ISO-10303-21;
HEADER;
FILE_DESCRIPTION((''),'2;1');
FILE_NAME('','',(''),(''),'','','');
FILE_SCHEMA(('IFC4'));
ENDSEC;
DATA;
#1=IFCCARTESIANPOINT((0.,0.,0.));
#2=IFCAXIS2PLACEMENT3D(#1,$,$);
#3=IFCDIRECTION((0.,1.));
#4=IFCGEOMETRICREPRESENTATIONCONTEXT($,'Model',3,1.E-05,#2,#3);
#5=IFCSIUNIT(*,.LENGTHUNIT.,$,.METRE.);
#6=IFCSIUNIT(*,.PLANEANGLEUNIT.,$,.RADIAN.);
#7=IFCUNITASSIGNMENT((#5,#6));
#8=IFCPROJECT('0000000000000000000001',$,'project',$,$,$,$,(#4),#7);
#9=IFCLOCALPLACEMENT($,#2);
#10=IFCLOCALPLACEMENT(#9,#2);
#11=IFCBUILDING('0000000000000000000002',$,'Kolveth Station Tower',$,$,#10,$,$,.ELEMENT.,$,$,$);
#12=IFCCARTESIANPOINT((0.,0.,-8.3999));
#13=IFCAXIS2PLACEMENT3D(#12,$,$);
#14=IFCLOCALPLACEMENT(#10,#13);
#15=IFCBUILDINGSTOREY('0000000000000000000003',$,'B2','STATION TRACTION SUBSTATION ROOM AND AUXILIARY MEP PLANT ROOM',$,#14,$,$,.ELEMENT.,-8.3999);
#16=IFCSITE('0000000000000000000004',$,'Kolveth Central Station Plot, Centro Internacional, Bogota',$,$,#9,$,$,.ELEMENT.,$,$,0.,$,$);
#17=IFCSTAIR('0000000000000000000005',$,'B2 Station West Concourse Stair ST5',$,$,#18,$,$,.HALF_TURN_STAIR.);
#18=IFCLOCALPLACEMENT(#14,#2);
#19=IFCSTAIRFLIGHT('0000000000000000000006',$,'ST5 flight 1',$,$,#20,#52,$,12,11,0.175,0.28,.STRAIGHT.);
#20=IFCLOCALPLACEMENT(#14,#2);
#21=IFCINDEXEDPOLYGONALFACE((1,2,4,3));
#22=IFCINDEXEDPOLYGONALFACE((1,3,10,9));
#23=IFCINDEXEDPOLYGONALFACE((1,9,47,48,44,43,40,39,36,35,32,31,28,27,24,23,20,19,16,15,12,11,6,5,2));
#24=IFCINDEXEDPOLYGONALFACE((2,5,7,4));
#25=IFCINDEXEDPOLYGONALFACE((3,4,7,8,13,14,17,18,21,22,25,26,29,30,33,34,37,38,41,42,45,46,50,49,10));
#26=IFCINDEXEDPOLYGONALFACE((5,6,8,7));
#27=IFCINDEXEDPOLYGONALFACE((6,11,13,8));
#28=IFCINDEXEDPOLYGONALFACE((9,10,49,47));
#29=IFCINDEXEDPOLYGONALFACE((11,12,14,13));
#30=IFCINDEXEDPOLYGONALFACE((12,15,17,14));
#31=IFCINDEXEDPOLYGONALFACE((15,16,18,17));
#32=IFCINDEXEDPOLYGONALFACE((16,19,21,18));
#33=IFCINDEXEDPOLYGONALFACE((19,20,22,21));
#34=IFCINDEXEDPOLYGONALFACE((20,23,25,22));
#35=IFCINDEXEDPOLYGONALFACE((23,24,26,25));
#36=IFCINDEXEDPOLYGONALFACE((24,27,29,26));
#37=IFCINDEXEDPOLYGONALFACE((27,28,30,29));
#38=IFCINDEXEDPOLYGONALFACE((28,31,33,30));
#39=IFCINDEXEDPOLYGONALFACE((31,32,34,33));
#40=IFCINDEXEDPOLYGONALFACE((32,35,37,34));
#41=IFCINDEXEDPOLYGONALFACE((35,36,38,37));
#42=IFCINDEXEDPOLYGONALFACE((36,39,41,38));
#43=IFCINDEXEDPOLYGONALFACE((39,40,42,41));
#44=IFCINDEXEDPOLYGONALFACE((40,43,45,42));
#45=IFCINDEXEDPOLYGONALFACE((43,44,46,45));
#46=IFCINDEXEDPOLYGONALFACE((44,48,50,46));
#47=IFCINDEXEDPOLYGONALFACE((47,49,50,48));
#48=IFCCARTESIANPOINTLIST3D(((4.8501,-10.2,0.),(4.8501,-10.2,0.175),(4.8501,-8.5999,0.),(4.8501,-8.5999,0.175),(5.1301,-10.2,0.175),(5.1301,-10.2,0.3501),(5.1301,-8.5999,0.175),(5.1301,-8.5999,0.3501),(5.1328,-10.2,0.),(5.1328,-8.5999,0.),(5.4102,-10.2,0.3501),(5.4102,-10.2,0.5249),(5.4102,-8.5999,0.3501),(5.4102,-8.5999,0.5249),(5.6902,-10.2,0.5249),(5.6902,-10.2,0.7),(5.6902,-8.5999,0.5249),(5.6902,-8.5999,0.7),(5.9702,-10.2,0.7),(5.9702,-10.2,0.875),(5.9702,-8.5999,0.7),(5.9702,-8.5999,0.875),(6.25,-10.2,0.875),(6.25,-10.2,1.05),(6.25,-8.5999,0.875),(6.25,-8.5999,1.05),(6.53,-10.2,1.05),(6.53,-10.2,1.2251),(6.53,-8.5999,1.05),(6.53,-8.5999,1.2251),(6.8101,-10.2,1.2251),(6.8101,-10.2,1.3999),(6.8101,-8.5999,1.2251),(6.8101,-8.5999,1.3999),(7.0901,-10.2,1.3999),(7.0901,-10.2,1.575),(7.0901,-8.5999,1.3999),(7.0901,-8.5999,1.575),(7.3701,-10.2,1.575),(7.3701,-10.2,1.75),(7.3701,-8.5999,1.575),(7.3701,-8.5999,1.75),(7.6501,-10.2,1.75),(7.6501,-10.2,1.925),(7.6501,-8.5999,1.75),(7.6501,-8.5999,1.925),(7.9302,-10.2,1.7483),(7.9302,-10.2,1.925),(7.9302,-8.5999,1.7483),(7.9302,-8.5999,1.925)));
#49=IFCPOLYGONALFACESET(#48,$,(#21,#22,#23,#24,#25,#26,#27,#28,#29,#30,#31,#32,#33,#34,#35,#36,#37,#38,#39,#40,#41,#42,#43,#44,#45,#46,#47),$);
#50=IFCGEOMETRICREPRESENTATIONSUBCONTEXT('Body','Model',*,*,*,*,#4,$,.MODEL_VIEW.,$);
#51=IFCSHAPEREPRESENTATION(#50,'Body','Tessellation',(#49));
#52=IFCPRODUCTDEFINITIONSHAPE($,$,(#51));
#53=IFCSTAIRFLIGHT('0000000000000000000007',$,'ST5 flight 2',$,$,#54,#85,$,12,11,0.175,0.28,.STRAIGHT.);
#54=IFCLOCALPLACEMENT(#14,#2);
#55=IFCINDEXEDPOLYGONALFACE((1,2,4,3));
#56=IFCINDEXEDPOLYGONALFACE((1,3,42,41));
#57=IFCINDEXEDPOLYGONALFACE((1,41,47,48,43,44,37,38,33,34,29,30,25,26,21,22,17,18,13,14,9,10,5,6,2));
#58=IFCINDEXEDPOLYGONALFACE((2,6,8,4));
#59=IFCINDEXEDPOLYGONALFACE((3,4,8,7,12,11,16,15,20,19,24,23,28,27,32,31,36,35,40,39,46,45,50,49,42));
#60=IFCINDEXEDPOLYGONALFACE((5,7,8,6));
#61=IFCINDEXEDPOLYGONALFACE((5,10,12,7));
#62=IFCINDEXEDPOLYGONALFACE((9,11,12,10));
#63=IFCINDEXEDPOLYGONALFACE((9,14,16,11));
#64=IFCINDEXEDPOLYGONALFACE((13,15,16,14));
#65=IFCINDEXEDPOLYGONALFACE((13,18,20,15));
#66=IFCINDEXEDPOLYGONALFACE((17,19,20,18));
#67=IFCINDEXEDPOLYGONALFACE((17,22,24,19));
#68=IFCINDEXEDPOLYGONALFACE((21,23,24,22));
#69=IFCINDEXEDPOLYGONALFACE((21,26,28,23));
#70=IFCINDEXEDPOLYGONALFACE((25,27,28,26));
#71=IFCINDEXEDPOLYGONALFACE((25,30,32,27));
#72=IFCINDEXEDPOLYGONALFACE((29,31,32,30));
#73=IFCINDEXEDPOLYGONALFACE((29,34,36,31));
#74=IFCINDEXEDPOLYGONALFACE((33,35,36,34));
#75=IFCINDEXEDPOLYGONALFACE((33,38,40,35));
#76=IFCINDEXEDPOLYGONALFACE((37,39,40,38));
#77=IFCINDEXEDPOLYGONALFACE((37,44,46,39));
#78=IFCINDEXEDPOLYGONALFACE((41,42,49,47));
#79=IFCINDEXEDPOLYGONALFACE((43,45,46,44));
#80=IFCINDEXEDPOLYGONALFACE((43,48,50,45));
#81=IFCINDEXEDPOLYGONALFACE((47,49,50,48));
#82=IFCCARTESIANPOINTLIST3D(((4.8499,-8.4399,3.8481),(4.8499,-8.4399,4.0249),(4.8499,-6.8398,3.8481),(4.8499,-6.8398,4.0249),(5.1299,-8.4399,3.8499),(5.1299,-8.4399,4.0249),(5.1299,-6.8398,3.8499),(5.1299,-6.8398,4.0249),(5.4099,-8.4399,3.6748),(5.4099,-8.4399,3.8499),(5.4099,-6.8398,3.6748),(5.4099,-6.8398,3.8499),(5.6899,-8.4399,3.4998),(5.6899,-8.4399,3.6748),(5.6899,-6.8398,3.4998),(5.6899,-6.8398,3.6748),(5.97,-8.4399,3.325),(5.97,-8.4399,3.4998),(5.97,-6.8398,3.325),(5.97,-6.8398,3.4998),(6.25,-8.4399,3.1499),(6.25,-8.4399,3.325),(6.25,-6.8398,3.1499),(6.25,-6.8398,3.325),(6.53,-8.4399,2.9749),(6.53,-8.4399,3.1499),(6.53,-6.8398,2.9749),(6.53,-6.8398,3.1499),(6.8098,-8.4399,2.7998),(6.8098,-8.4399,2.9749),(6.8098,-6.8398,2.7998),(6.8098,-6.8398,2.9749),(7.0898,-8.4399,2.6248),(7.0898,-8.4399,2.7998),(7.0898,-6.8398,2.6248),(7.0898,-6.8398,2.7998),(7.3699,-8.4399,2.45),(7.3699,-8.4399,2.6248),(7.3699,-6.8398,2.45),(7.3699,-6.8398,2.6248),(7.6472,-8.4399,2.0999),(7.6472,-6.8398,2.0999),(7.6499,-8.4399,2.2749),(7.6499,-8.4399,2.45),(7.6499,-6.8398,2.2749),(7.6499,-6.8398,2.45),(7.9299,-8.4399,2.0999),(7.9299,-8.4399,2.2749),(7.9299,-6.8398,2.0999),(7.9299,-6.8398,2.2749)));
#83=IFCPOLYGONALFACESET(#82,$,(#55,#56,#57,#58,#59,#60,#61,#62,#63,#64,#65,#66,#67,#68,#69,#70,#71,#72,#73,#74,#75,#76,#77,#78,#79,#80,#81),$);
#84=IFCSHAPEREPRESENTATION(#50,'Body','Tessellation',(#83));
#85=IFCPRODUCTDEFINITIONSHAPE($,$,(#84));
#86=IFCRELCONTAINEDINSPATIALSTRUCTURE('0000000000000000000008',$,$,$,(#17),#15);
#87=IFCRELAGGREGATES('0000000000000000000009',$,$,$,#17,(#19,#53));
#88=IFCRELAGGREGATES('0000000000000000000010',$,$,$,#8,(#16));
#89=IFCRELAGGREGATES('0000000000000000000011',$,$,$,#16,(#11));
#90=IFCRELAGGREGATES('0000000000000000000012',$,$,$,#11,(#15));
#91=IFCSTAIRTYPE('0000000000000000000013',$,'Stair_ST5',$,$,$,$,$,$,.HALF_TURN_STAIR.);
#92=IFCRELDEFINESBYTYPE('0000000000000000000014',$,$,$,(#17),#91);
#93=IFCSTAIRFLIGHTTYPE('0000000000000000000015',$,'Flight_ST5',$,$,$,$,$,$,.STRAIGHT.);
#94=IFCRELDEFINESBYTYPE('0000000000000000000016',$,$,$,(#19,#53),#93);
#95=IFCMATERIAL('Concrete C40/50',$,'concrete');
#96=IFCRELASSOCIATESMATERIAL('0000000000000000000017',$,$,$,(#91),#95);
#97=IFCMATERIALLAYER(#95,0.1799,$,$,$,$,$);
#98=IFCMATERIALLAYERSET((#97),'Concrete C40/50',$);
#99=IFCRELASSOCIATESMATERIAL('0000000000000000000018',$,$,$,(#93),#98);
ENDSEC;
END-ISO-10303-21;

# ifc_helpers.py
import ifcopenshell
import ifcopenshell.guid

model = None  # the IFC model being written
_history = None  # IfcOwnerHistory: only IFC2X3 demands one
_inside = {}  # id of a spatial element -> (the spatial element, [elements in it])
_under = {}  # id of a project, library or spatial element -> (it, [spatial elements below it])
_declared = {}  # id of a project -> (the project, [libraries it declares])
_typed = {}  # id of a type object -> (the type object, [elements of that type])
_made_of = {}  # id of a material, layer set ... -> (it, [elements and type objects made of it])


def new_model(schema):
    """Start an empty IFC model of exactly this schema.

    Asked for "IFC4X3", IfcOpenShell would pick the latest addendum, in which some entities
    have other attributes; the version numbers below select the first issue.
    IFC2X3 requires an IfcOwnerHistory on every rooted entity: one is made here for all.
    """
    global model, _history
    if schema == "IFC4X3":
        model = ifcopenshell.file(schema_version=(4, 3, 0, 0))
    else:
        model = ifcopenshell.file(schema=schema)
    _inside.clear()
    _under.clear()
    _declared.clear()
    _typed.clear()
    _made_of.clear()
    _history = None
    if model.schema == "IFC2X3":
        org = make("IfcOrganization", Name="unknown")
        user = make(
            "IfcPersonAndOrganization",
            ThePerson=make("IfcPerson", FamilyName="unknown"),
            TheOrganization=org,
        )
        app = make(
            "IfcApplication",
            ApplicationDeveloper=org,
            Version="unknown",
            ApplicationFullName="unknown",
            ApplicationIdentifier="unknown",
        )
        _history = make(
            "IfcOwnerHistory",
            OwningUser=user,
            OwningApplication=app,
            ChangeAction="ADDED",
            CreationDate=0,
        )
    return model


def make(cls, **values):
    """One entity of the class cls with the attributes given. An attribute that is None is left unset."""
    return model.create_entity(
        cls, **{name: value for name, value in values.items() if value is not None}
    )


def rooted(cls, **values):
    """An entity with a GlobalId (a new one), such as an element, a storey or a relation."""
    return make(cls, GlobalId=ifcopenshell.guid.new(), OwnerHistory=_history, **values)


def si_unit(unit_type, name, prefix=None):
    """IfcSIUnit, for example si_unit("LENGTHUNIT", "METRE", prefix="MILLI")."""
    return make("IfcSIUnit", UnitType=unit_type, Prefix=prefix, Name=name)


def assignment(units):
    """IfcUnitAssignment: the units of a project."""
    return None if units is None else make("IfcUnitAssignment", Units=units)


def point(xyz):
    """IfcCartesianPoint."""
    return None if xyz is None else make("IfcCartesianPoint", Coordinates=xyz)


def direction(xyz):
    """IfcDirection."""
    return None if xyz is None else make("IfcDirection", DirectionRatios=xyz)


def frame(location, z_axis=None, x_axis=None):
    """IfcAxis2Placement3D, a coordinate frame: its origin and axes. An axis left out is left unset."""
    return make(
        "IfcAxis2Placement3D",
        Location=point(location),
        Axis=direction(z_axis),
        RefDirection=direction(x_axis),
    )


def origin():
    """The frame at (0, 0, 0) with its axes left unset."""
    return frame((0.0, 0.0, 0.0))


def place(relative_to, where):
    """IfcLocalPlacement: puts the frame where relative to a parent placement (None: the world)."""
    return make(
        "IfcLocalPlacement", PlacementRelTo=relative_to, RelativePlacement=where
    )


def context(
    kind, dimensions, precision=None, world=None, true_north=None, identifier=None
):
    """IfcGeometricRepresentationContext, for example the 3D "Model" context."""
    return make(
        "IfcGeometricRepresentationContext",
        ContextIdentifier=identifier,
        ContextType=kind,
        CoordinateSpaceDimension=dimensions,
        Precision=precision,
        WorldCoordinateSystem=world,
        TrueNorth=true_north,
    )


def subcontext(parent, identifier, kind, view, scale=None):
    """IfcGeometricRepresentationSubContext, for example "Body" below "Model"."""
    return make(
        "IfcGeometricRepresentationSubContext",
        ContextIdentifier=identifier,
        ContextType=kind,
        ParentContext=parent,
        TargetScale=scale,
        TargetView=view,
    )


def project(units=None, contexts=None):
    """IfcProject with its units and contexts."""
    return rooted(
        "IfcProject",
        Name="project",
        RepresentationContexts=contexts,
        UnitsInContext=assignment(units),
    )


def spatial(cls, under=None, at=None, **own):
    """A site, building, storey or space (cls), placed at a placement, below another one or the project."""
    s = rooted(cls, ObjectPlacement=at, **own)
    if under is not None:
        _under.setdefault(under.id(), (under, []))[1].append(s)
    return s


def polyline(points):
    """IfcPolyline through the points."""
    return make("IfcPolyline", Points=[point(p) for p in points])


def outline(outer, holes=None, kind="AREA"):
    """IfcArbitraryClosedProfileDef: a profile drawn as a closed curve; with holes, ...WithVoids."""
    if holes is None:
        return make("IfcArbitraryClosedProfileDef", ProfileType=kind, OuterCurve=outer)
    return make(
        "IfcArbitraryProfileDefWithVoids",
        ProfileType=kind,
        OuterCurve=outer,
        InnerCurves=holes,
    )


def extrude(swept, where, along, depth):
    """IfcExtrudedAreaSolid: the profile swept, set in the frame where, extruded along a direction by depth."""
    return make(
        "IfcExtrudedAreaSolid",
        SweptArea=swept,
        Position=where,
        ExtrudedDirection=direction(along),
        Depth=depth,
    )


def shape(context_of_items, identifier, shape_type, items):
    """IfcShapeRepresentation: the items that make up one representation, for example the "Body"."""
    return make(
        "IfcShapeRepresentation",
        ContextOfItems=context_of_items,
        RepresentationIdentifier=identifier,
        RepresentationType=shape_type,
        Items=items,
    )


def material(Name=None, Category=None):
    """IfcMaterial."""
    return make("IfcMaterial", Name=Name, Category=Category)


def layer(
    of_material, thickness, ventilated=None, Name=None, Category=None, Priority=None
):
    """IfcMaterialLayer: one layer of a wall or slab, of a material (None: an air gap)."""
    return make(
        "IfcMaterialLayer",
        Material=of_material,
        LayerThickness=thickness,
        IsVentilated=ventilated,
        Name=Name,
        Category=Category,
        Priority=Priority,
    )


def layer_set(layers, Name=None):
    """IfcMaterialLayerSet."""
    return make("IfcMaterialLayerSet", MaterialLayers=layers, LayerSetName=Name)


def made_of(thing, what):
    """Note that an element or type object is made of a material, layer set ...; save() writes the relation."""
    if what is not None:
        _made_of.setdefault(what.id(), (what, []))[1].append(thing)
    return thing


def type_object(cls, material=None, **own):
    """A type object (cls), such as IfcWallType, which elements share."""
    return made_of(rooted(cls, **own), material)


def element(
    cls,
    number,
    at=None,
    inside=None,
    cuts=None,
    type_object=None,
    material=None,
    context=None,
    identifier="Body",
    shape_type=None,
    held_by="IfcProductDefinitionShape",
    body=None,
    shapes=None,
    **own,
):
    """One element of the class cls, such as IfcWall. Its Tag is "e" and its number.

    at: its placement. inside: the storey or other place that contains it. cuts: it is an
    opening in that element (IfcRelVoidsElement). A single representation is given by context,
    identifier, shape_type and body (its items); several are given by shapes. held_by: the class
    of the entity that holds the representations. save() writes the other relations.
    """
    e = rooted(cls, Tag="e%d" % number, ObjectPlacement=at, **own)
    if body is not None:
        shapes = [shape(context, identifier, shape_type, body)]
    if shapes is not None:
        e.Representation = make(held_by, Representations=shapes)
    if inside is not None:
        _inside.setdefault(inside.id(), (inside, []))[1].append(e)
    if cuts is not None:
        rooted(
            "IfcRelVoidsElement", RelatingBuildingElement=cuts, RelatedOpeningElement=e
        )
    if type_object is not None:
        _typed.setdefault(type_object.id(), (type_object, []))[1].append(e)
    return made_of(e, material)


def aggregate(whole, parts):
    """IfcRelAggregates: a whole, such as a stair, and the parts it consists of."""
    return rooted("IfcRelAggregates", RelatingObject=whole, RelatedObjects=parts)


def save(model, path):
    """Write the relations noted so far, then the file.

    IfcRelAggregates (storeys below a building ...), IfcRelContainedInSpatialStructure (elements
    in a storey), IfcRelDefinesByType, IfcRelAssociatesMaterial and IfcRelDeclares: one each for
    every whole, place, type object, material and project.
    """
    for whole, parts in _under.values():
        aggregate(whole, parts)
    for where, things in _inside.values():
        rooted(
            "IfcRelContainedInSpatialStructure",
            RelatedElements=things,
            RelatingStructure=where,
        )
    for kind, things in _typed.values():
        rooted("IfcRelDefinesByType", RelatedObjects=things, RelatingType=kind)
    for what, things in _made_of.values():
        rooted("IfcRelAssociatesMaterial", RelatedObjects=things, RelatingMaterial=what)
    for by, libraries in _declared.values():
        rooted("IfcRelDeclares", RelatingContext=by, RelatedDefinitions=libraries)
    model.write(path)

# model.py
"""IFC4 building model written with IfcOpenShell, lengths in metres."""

from ifc_helpers import new_model, si_unit, direction, frame, origin, place, context, subcontext, project, spatial, polyline, outline, extrude, material, layer, layer_set, type_object, element, aggregate, save


model = new_model("IFC4")

# Units and contexts
model_context = context("Model", 3, precision=1e-05, world=origin(), true_north=direction((0.0, 1.0)))
body_context = subcontext(model_context, "Body", "Model", "MODEL_VIEW")
ifc_project = project(units=[si_unit("LENGTHUNIT", "METRE"), si_unit("PLANEANGLEUNIT", "RADIAN")], contexts=[model_context])

# Site, building, storey
site_placement = place(None, origin())
site = spatial("IfcSite", under=ifc_project, at=site_placement, Name="Kolveth Central Station Plot, Centro Internacional, Bogota", CompositionType="ELEMENT", RefElevation=0.0)
building_placement = place(site_placement, origin())
building = spatial("IfcBuilding", under=site, at=building_placement, Name="Kolveth Station Tower", CompositionType="ELEMENT")
storey_placement = place(building_placement, frame((0.0, 0.0, -8.3999)))
storey = spatial("IfcBuildingStorey", under=building, at=storey_placement, Name="B2", Description="STATION TRACTION SUBSTATION ROOM AND AUXILIARY MEP PLANT ROOM", CompositionType="ELEMENT", Elevation=-8.3999)

# Shared definitions
ifc_material_1 = material(Name="Concrete C40/50", Category="concrete")

# Stair, stair flights
stair_type = type_object("IfcStairType", Name="Stair_ST5", PredefinedType="HALF_TURN_STAIR", material=ifc_material_1)
stair_placement = place(storey_placement, origin())
stair = element("IfcStair", 1, at=stair_placement, inside=storey, type_object=stair_type, Name="B2 Station West Concourse Stair ST5", PredefinedType="HALF_TURN_STAIR")
ifc_layer_1 = layer(ifc_material_1, 0.1799)
ifc_layer_set_1 = layer_set([ifc_layer_1], Name="Concrete C40/50")
stair_flight_type = type_object("IfcStairFlightType", Name="Flight_ST5", PredefinedType="STRAIGHT", material=ifc_layer_set_1)
stair_flight_1_placement = place(storey_placement, frame((4.8501, -9.3999, 0.0), z_axis=(0.0, 0.0, 1.0), x_axis=(1.0, 0.0, 0.0)))
stair_flight_1 = element("IfcStairFlight", 2, at=stair_flight_1_placement, type_object=stair_flight_type, Name="ST5 flight 1", NumberOfRisers=12, NumberOfTreads=11, PredefinedType="STRAIGHT", RiserHeight=0.175, TreadLength=0.28, context=body_context, shape_type="SweptSolid", body=[
    extrude(outline(polyline([(0.0, 0.0), (0.0, 0.175), (0.28, 0.175), (0.28, 0.3501), (0.5601, 0.3501), (0.5601, 0.5249), (0.8401, 0.5249), (0.8401, 0.7), (1.1201, 0.7), (1.1201, 0.875), (1.3999, 0.875), (1.3999, 1.05), (1.6799, 1.05), (1.6799, 1.2251), (1.96, 1.2251), (1.96, 1.3999), (2.24, 1.3999), (2.24, 1.575), (2.52, 1.575), (2.52, 1.75), (2.8, 1.75), (2.8, 1.925), (3.0801, 1.925), (3.0801, 2.1001), (3.0801, 1.7483), (0.2827, 0.0), (0.0, 0.0)])), frame((0.0, 0.8, 0.0), z_axis=(0.0, -1.0, 0.0), x_axis=(1.0, 0.0, 0.0)), (0.0, 0.0, 1.0), 1.6001),
])
stair_flight_2_placement = place(storey_placement, frame((7.9299, -7.6399, 2.0999), z_axis=(0.0, 0.0, 1.0), x_axis=(-1.0, 0.0, 0.0)))
stair_flight_2 = element("IfcStairFlight", 3, at=stair_flight_2_placement, type_object=stair_flight_type, Name="ST5 flight 2", NumberOfRisers=12, NumberOfTreads=11, PredefinedType="STRAIGHT", RiserHeight=0.175, TreadLength=0.28, context=body_context, shape_type="SweptSolid", body=[
    extrude(outline(polyline([(0.0, 0.0), (0.0, 0.175), (0.28, 0.175), (0.28, 0.3501), (0.5601, 0.3501), (0.5601, 0.5249), (0.8401, 0.5249), (0.8401, 0.7), (1.1201, 0.7), (1.1201, 0.875), (1.3999, 0.875), (1.3999, 1.05), (1.6799, 1.05), (1.6799, 1.2251), (1.96, 1.2251), (1.96, 1.3999), (2.24, 1.3999), (2.24, 1.575), (2.52, 1.575), (2.52, 1.75), (2.8, 1.75), (2.8, 1.925), (3.0801, 1.925), (3.0801, 2.1001), (3.0801, 1.7483), (0.2827, 0.0), (0.0, 0.0)])), frame((0.0, 0.8, 0.0), z_axis=(0.0, -1.0, 0.0), x_axis=(1.0, 0.0, 0.0)), (0.0, 0.0, 1.0), 1.6001),
])
aggregate(stair, [stair_flight_1, stair_flight_2])

save(model, "model.ifc")
